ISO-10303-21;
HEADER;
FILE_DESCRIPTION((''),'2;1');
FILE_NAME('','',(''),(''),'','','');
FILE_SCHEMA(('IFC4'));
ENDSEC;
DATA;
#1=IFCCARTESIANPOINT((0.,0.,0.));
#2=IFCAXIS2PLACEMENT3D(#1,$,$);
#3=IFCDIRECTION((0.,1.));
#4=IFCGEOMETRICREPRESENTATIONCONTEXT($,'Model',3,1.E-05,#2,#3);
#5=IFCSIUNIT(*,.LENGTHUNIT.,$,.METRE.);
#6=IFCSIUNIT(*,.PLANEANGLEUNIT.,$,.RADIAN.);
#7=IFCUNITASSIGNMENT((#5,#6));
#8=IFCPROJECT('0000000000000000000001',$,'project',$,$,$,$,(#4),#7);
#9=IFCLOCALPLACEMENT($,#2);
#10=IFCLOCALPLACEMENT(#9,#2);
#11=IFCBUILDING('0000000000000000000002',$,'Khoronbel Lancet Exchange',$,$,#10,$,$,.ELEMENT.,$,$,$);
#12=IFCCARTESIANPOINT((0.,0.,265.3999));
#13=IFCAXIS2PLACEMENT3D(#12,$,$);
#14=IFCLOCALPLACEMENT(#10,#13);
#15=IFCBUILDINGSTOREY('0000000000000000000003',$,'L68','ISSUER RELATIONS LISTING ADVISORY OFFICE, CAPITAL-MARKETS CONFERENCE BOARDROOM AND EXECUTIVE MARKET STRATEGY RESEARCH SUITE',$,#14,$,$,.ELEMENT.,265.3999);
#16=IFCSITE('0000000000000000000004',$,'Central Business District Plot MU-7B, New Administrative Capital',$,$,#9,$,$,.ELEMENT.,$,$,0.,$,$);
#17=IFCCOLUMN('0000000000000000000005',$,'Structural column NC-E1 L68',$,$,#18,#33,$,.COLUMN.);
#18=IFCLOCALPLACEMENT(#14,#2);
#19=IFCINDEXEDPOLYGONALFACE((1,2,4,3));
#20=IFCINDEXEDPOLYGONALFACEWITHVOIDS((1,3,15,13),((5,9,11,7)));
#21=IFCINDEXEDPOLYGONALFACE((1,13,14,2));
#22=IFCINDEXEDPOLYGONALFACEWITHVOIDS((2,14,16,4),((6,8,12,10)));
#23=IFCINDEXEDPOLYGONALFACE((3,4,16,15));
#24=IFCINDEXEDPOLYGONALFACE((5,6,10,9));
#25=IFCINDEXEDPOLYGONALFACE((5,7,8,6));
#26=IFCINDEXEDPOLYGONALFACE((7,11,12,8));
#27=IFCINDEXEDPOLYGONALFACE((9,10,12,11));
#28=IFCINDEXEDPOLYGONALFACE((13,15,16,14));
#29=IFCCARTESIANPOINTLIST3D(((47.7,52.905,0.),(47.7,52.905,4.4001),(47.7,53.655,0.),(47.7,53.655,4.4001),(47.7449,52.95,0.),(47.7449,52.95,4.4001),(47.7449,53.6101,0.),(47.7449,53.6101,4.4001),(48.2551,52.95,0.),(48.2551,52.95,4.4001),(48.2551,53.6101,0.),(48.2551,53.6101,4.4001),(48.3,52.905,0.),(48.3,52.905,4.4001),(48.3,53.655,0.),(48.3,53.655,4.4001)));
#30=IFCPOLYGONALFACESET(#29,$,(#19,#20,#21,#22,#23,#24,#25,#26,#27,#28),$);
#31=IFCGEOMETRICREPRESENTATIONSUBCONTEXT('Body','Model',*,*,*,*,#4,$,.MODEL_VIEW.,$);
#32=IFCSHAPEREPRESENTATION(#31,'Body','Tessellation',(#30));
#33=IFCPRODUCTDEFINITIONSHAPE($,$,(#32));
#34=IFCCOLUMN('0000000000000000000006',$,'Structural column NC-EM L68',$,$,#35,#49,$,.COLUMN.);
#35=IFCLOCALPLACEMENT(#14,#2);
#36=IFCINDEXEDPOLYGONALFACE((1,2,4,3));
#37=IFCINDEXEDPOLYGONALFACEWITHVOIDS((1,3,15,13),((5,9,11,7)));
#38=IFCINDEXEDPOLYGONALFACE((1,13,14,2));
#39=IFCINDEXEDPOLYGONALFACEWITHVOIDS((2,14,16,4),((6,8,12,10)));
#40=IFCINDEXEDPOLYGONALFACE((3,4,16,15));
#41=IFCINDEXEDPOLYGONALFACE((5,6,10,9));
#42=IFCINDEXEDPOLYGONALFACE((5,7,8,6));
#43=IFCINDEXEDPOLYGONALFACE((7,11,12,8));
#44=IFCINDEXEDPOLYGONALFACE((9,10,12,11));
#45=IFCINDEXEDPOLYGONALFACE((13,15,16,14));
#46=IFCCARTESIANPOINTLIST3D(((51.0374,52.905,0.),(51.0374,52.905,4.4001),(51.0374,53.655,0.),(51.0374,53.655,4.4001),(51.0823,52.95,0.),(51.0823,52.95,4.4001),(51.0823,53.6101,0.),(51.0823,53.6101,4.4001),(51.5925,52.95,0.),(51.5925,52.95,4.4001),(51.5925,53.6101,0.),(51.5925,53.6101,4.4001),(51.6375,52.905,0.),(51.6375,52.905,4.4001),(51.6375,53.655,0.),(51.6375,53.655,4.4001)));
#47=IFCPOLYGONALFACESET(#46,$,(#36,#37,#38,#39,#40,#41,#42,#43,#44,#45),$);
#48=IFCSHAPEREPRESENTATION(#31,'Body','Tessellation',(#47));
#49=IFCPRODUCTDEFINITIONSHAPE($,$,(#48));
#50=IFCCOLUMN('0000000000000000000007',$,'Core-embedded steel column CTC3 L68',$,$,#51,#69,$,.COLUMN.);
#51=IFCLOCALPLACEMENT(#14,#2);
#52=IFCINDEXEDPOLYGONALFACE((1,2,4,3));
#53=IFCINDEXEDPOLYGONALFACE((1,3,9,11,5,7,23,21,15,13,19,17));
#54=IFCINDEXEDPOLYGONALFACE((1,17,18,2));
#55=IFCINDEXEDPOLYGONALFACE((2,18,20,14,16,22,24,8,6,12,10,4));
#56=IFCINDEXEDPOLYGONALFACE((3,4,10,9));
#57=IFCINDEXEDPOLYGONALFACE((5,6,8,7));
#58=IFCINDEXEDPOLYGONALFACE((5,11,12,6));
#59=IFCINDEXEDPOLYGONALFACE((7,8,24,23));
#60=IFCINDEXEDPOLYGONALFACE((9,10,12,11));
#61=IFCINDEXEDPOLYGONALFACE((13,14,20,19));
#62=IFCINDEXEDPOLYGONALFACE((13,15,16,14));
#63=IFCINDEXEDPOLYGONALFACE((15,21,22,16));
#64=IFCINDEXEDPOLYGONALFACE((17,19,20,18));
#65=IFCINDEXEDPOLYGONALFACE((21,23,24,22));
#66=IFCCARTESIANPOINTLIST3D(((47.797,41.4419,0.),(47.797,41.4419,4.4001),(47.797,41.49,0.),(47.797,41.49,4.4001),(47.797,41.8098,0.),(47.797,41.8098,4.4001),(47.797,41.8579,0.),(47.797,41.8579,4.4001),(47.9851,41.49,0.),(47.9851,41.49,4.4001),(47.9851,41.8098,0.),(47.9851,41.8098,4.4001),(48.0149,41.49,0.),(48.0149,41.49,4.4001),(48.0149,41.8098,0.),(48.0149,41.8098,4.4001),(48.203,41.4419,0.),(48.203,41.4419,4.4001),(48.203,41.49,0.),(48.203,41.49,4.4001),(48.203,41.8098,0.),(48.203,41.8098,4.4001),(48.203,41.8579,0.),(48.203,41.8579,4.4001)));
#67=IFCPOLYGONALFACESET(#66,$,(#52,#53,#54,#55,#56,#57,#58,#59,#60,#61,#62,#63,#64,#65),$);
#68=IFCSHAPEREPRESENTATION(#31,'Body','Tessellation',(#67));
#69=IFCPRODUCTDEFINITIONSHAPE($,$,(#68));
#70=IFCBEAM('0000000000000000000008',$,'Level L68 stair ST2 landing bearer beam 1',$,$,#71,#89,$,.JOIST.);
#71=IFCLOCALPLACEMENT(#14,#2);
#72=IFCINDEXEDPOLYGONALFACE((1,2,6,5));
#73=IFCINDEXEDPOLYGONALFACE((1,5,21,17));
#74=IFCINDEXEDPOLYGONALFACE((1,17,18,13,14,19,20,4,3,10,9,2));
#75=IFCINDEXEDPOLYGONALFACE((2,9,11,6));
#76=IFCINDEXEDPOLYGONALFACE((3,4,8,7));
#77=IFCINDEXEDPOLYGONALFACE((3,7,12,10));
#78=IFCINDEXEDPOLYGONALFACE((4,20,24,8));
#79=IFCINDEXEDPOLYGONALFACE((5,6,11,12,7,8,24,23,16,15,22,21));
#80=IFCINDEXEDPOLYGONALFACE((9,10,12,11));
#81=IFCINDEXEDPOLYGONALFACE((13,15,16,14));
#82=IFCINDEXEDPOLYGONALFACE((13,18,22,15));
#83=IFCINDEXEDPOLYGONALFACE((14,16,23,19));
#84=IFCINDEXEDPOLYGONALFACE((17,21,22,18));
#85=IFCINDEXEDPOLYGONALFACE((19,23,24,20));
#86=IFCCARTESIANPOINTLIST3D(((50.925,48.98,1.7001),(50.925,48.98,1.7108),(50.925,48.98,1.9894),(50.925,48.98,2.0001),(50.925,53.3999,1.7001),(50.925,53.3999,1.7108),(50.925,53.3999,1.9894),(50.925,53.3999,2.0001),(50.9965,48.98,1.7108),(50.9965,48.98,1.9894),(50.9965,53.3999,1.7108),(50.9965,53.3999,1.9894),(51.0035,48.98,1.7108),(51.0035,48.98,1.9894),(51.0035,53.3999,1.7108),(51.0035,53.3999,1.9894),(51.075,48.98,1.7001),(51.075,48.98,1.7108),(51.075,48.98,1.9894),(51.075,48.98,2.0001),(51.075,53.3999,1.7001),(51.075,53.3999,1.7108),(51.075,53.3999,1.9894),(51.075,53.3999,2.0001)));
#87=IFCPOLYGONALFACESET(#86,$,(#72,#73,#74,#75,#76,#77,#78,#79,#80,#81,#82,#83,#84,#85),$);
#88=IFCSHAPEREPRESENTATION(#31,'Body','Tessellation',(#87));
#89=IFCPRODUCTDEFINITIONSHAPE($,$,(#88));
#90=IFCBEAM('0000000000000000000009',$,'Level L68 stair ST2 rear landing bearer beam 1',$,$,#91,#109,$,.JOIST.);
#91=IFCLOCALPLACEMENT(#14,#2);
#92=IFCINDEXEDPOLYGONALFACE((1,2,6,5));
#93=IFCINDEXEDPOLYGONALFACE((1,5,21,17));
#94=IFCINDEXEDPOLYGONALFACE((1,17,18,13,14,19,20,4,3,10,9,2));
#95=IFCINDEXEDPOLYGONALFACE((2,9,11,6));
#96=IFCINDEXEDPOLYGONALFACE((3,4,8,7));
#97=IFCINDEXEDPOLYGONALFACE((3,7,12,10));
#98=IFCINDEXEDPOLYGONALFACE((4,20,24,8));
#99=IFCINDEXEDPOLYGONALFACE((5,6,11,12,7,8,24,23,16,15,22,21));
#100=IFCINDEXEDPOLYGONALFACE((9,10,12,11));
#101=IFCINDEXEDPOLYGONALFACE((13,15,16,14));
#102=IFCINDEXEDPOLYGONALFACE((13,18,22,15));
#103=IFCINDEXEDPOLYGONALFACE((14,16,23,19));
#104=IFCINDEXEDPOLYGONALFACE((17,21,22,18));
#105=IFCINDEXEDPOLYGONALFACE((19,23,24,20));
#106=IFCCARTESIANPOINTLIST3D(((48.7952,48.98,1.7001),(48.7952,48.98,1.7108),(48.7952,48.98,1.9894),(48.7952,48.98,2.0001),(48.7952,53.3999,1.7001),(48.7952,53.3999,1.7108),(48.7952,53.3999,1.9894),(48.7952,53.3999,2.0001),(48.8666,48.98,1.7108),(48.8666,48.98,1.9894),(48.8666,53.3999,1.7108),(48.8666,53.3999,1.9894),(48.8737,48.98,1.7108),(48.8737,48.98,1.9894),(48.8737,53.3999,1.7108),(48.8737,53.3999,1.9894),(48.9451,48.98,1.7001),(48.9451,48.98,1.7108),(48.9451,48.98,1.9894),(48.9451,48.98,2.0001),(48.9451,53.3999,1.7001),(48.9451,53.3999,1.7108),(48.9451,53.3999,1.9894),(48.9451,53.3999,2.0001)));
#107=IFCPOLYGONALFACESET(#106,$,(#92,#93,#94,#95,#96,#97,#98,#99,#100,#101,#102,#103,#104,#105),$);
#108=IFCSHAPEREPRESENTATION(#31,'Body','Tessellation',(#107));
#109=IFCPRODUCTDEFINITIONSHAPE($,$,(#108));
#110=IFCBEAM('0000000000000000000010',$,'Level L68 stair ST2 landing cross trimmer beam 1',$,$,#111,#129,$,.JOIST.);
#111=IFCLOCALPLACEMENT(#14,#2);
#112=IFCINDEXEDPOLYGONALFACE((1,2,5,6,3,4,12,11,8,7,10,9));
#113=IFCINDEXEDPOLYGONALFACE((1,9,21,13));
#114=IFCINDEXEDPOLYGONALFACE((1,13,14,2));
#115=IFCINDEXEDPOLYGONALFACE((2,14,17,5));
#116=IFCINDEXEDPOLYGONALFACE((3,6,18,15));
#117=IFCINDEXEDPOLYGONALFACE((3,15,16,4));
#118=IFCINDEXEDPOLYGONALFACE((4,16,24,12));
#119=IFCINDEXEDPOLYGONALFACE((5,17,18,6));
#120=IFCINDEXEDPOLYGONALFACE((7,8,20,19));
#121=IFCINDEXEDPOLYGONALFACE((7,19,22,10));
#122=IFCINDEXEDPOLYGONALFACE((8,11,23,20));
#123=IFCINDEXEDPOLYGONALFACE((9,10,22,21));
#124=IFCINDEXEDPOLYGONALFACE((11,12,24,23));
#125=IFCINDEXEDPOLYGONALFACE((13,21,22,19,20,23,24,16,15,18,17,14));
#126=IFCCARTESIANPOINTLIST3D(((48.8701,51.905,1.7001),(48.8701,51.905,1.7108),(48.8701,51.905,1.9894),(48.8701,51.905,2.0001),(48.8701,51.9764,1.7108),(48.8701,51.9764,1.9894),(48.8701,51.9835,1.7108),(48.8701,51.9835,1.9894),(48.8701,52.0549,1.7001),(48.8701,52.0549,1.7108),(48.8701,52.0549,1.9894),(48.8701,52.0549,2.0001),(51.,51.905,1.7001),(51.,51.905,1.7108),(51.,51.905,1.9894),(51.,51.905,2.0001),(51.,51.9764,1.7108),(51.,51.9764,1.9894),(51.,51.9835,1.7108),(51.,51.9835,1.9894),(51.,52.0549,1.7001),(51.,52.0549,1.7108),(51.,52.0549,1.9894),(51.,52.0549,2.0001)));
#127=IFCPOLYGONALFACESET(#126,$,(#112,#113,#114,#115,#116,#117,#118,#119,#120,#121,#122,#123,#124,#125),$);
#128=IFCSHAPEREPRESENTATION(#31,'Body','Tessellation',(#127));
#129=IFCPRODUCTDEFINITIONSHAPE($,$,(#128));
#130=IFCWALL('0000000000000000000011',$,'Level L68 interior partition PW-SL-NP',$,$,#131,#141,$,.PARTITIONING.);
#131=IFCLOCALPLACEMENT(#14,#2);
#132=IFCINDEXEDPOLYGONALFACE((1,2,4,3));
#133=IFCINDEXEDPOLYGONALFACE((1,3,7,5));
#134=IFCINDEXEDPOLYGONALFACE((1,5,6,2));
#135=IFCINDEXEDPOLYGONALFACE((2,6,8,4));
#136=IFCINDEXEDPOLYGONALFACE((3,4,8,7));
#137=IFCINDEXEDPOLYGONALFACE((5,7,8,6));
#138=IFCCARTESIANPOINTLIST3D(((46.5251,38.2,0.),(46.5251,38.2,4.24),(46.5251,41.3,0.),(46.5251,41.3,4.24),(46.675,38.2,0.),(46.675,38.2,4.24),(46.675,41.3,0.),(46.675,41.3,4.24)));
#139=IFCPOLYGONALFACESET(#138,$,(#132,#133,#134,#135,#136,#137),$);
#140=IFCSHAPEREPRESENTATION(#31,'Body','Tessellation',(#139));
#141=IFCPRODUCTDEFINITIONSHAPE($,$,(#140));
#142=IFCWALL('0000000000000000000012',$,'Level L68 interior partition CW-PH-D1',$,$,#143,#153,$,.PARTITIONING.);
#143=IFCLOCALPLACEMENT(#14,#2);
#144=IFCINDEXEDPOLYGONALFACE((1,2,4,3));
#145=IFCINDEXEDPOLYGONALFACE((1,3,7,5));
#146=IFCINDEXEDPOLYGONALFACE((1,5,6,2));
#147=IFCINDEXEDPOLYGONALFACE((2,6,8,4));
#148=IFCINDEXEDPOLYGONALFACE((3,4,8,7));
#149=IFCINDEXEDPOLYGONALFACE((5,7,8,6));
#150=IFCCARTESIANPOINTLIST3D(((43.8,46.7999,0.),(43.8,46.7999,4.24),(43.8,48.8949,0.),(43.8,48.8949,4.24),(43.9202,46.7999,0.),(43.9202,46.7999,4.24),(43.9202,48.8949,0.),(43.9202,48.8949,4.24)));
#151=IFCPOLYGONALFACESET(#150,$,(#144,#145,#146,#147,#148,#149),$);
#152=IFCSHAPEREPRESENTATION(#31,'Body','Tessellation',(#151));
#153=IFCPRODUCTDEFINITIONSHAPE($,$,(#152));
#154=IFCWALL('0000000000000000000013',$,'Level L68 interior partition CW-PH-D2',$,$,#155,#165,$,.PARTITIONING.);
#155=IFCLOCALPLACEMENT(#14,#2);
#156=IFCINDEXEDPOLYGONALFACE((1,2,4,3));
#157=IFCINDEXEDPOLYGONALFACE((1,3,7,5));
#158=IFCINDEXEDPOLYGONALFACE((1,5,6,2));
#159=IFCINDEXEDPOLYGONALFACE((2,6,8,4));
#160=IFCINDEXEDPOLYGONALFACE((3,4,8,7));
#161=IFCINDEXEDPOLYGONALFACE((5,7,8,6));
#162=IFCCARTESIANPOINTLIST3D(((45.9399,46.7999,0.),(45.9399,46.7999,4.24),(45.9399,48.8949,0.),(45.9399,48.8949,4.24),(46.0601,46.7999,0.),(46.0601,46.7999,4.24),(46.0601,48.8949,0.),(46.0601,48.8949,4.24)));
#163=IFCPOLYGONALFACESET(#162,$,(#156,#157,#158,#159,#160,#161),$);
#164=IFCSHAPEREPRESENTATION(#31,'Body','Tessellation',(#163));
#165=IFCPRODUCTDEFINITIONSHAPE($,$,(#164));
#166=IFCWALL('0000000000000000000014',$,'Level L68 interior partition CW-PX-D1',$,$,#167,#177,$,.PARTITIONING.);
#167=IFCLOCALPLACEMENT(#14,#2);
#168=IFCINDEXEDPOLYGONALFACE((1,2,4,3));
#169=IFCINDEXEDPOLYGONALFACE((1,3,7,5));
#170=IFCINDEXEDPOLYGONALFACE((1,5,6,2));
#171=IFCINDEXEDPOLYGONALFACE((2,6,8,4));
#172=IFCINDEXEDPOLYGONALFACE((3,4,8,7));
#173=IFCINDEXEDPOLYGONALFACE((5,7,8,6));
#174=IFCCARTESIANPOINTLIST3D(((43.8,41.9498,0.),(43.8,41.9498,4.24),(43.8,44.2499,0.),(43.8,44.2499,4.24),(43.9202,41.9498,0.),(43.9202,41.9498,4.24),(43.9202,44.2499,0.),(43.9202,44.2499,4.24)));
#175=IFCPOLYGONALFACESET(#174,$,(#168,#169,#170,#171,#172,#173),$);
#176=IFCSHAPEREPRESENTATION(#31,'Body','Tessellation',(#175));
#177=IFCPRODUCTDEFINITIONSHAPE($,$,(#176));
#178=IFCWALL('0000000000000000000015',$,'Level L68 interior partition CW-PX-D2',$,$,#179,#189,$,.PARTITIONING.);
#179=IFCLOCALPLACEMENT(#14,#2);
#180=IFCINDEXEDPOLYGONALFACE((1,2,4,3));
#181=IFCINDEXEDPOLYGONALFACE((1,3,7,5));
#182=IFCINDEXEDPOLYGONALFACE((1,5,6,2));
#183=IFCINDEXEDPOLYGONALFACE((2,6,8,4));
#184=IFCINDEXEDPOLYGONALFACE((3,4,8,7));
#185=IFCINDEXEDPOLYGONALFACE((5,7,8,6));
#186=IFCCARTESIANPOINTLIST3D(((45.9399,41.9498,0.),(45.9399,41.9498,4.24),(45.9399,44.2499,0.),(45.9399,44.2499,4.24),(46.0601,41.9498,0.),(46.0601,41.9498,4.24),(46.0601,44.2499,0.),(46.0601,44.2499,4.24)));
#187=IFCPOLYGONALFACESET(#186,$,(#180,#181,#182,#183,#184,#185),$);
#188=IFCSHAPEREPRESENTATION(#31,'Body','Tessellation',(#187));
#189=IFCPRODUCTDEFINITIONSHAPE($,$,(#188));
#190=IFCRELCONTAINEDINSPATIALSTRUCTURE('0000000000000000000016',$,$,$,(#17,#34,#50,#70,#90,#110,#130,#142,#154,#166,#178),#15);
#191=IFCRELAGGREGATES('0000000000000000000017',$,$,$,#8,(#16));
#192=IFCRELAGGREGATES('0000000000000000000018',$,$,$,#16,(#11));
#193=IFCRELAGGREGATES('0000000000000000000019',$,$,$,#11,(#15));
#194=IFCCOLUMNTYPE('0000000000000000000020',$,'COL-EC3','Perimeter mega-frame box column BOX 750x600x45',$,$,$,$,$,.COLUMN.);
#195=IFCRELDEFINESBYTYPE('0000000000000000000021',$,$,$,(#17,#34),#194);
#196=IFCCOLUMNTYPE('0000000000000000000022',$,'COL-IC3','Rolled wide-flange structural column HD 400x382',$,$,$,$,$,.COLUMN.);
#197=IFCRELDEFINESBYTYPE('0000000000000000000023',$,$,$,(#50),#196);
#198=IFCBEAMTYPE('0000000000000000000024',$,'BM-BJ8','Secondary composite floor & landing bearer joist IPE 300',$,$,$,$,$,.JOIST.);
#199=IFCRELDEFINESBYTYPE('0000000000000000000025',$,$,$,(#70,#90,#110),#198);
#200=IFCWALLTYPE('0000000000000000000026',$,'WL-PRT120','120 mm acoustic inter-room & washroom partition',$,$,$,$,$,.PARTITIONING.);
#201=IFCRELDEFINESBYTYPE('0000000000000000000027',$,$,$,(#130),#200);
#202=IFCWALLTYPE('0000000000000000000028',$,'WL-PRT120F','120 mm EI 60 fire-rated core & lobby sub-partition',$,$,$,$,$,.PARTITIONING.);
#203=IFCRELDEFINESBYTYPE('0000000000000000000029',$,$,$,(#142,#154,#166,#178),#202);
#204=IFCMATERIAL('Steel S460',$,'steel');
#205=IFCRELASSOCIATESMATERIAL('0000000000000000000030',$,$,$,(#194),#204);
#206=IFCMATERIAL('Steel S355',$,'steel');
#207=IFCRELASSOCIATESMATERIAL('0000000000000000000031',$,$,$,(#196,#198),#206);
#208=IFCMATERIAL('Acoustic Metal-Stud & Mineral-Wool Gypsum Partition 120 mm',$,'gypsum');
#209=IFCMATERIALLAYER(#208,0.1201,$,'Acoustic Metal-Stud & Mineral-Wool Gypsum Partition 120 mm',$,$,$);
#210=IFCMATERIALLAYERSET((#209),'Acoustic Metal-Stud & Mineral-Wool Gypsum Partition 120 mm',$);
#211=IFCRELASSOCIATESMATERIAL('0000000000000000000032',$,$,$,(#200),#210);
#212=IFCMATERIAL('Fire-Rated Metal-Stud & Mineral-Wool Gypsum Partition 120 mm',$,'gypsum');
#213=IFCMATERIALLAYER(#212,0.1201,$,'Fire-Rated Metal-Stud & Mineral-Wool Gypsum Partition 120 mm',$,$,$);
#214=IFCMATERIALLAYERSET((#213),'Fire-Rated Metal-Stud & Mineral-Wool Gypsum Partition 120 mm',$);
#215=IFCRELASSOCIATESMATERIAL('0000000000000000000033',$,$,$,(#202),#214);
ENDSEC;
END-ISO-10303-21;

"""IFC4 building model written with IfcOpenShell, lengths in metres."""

from ifc_helpers import new_model, si_unit, direction, frame, frame_2d, origin, origin_2d, place, context, subcontext, project, spatial, rectangle, hollow_rectangle, i_section, extrude, material, layer, layer_set, material_profile, profile_set, type_object, element, save


model = new_model("IFC4")

# Units and contexts
model_context = context("Model", 3, precision=1e-05, world=origin(), true_north=direction((0.0, 1.0)))
body_context = subcontext(model_context, "Body", "Model", "MODEL_VIEW")
ifc_project = project(units=[si_unit("LENGTHUNIT", "METRE"), si_unit("PLANEANGLEUNIT", "RADIAN")], contexts=[model_context])

# Site, building, storey
site_placement = place(None, origin())
site = spatial("IfcSite", under=ifc_project, at=site_placement, Name="Central Business District Plot MU-7B, New Administrative Capital", CompositionType="ELEMENT", RefElevation=0.0)
building_placement = place(site_placement, origin())
building = spatial("IfcBuilding", under=site, at=building_placement, Name="Khoronbel Lancet Exchange", CompositionType="ELEMENT")
storey_placement = place(building_placement, frame((0.0, 0.0, 265.3999)))
storey = spatial("IfcBuildingStorey", under=building, at=storey_placement, Name="L68", Description="ISSUER RELATIONS LISTING ADVISORY OFFICE, CAPITAL-MARKETS CONFERENCE BOARDROOM AND EXECUTIVE MARKET STRATEGY RESEARCH SUITE", CompositionType="ELEMENT", Elevation=265.3999)

# Columns
ifc_material_1 = material(Name="Steel S460", Category="steel")
ifc_material_profile_1 = material_profile(ifc_material_1, hollow_rectangle(XDim=0.6001, YDim=0.75, WallThickness=0.0449, at=origin_2d()), Name="BOX 750x600x45")
ifc_profile_set_1 = profile_set([ifc_material_profile_1], Name="Steel S460")
column_type_1 = type_object("IfcColumnType", Name="COL-EC3", Description="Perimeter mega-frame box column BOX 750x600x45", PredefinedType="COLUMN", material=ifc_profile_set_1)
for number, where, z_axis, x_axis, name in (
    (1, (48.0, 53.28, 0.0), (0.0, 0.0, 1.0), (1.0, 0.0, 0.0), "Structural column NC-E1 L68"),
    (2, (51.3374, 53.28, 0.0), (0.0, 0.0, 1.0), (1.0, 0.0, 0.0), "Structural column NC-EM L68"),
):
    element("IfcColumn", number, at=place(storey_placement, frame(where, z_axis=z_axis, x_axis=x_axis)), inside=storey, type_object=column_type_1, Name=name, PredefinedType="COLUMN", context=body_context, shape_type="SweptSolid", body=[
        extrude(hollow_rectangle(XDim=0.6001, YDim=0.75, WallThickness=0.0449, at=origin_2d()), origin(), (0.0, 0.0, 1.0), 4.4001),
    ])
ifc_material_2 = material(Name="Steel S355", Category="steel")
ifc_material_profile_2 = material_profile(ifc_material_2, i_section(OverallWidth=0.406, OverallDepth=0.416, WebThickness=0.0298, FlangeThickness=0.0481, at=origin_2d()), Name="HD 400x382")
ifc_profile_set_2 = profile_set([ifc_material_profile_2], Name="Steel S355")
column_type_2 = type_object("IfcColumnType", Name="COL-IC3", Description="Rolled wide-flange structural column HD 400x382", PredefinedType="COLUMN", material=ifc_profile_set_2)
column_placement = place(storey_placement, frame((48.0, 41.6499, 0.0), z_axis=(0.0, 0.0, 1.0), x_axis=(1.0, 0.0, 0.0)))
element("IfcColumn", 3, at=column_placement, inside=storey, type_object=column_type_2, Name="Core-embedded steel column CTC3 L68", PredefinedType="COLUMN", context=body_context, shape_type="SweptSolid", body=[
    extrude(i_section(OverallWidth=0.406, OverallDepth=0.416, WebThickness=0.0298, FlangeThickness=0.0481, at=origin_2d()), origin(), (0.0, 0.0, 1.0), 4.4001),
])

# Beams
ifc_material_profile_3 = material_profile(ifc_material_2, i_section(OverallWidth=0.1499, OverallDepth=0.3, WebThickness=0.0071, FlangeThickness=0.0107, at=origin_2d()), Name="IPE 300")
ifc_profile_set_3 = profile_set([ifc_material_profile_3], Name="Steel S355")
beam_type = type_object("IfcBeamType", Name="BM-BJ8", Description="Secondary composite floor & landing bearer joist IPE 300", PredefinedType="JOIST", material=ifc_profile_set_3)
for number, where, z_axis, x_axis, name in (
    (4, (51.0, 48.98, 1.8501), (0.0, 1.0, 0.0), (-1.0, 0.0, 0.0), "Level L68 stair ST2 landing bearer beam 1"),
    (5, (48.8701, 48.98, 1.8501), (0.0, 1.0, 0.0), (-1.0, 0.0, 0.0), "Level L68 stair ST2 rear landing bearer beam 1"),
):
    element("IfcBeam", number, at=place(storey_placement, frame(where, z_axis=z_axis, x_axis=x_axis)), inside=storey, type_object=beam_type, Name=name, PredefinedType="JOIST", context=body_context, shape_type="SweptSolid", body=[
        extrude(i_section(OverallWidth=0.1499, OverallDepth=0.3, WebThickness=0.0071, FlangeThickness=0.0107, at=origin_2d()), origin(), (0.0, 0.0, 1.0), 4.4199),
    ])
beam_placement = place(storey_placement, frame((48.8701, 51.98, 1.8501), z_axis=(1.0, 0.0, 0.0), x_axis=(0.0, 1.0, 0.0)))
element("IfcBeam", 6, at=beam_placement, inside=storey, type_object=beam_type, Name="Level L68 stair ST2 landing cross trimmer beam 1", PredefinedType="JOIST", context=body_context, shape_type="SweptSolid", body=[
    extrude(i_section(OverallWidth=0.1499, OverallDepth=0.3, WebThickness=0.0071, FlangeThickness=0.0107, at=origin_2d()), origin(), (0.0, 0.0, 1.0), 2.1299),
])

# Walls
ifc_material_3 = material(Name="Acoustic Metal-Stud & Mineral-Wool Gypsum Partition 120 mm", Category="gypsum")
ifc_layer_1 = layer(ifc_material_3, 0.1201, Name="Acoustic Metal-Stud & Mineral-Wool Gypsum Partition 120 mm")
ifc_layer_set_1 = layer_set([ifc_layer_1], Name="Acoustic Metal-Stud & Mineral-Wool Gypsum Partition 120 mm")
wall_type_1 = type_object("IfcWallType", Name="WL-PRT120", Description="120 mm acoustic inter-room & washroom partition", PredefinedType="PARTITIONING", material=ifc_layer_set_1)
wall_1_placement = place(storey_placement, frame((46.6001, 38.2, 0.0), z_axis=(0.0, 0.0, 1.0), x_axis=(0.0, 1.0, 0.0)))
element("IfcWall", 7, at=wall_1_placement, inside=storey, type_object=wall_type_1, Name="Level L68 interior partition PW-SL-NP", PredefinedType="PARTITIONING", context=body_context, shape_type="SweptSolid", body=[
    extrude(rectangle(XDim=3.1001, YDim=0.1499, at=frame_2d((1.55, 0.0))), origin(), (0.0, 0.0, 1.0), 4.24),
])
ifc_material_4 = material(Name="Fire-Rated Metal-Stud & Mineral-Wool Gypsum Partition 120 mm", Category="gypsum")
ifc_layer_2 = layer(ifc_material_4, 0.1201, Name="Fire-Rated Metal-Stud & Mineral-Wool Gypsum Partition 120 mm")
ifc_layer_set_2 = layer_set([ifc_layer_2], Name="Fire-Rated Metal-Stud & Mineral-Wool Gypsum Partition 120 mm")
wall_type_2 = type_object("IfcWallType", Name="WL-PRT120F", Description="120 mm EI 60 fire-rated core & lobby sub-partition", PredefinedType="PARTITIONING", material=ifc_layer_set_2)
for number, where, z_axis, x_axis, name in (
    (8, (43.8601, 46.8, 0.0), (0.0, 0.0, 1.0), (0.0, 1.0, 0.0), "Level L68 interior partition CW-PH-D1"),
    (9, (46.0, 46.8, 0.0), (0.0, 0.0, 1.0), (0.0, 1.0, 0.0), "Level L68 interior partition CW-PH-D2"),
):
    element("IfcWall", number, at=place(storey_placement, frame(where, z_axis=z_axis, x_axis=x_axis)), inside=storey, type_object=wall_type_2, Name=name, PredefinedType="PARTITIONING", context=body_context, shape_type="SweptSolid", body=[
        extrude(rectangle(XDim=2.095, YDim=0.1201, at=frame_2d((1.0474, 0.0))), origin(), (0.0, 0.0, 1.0), 4.24),
    ])
for number, where, z_axis, x_axis, name in (
    (10, (43.8601, 41.95, 0.0), (0.0, 0.0, 1.0), (0.0, 1.0, 0.0), "Level L68 interior partition CW-PX-D1"),
    (11, (46.0, 41.95, 0.0), (0.0, 0.0, 1.0), (0.0, 1.0, 0.0), "Level L68 interior partition CW-PX-D2"),
):
    element("IfcWall", number, at=place(storey_placement, frame(where, z_axis=z_axis, x_axis=x_axis)), inside=storey, type_object=wall_type_2, Name=name, PredefinedType="PARTITIONING", context=body_context, shape_type="SweptSolid", body=[
        extrude(rectangle(XDim=2.3, YDim=0.1201, at=frame_2d((1.1499, 0.0))), origin(), (0.0, 0.0, 1.0), 4.24),
    ])

save(model, "model.ifc")
